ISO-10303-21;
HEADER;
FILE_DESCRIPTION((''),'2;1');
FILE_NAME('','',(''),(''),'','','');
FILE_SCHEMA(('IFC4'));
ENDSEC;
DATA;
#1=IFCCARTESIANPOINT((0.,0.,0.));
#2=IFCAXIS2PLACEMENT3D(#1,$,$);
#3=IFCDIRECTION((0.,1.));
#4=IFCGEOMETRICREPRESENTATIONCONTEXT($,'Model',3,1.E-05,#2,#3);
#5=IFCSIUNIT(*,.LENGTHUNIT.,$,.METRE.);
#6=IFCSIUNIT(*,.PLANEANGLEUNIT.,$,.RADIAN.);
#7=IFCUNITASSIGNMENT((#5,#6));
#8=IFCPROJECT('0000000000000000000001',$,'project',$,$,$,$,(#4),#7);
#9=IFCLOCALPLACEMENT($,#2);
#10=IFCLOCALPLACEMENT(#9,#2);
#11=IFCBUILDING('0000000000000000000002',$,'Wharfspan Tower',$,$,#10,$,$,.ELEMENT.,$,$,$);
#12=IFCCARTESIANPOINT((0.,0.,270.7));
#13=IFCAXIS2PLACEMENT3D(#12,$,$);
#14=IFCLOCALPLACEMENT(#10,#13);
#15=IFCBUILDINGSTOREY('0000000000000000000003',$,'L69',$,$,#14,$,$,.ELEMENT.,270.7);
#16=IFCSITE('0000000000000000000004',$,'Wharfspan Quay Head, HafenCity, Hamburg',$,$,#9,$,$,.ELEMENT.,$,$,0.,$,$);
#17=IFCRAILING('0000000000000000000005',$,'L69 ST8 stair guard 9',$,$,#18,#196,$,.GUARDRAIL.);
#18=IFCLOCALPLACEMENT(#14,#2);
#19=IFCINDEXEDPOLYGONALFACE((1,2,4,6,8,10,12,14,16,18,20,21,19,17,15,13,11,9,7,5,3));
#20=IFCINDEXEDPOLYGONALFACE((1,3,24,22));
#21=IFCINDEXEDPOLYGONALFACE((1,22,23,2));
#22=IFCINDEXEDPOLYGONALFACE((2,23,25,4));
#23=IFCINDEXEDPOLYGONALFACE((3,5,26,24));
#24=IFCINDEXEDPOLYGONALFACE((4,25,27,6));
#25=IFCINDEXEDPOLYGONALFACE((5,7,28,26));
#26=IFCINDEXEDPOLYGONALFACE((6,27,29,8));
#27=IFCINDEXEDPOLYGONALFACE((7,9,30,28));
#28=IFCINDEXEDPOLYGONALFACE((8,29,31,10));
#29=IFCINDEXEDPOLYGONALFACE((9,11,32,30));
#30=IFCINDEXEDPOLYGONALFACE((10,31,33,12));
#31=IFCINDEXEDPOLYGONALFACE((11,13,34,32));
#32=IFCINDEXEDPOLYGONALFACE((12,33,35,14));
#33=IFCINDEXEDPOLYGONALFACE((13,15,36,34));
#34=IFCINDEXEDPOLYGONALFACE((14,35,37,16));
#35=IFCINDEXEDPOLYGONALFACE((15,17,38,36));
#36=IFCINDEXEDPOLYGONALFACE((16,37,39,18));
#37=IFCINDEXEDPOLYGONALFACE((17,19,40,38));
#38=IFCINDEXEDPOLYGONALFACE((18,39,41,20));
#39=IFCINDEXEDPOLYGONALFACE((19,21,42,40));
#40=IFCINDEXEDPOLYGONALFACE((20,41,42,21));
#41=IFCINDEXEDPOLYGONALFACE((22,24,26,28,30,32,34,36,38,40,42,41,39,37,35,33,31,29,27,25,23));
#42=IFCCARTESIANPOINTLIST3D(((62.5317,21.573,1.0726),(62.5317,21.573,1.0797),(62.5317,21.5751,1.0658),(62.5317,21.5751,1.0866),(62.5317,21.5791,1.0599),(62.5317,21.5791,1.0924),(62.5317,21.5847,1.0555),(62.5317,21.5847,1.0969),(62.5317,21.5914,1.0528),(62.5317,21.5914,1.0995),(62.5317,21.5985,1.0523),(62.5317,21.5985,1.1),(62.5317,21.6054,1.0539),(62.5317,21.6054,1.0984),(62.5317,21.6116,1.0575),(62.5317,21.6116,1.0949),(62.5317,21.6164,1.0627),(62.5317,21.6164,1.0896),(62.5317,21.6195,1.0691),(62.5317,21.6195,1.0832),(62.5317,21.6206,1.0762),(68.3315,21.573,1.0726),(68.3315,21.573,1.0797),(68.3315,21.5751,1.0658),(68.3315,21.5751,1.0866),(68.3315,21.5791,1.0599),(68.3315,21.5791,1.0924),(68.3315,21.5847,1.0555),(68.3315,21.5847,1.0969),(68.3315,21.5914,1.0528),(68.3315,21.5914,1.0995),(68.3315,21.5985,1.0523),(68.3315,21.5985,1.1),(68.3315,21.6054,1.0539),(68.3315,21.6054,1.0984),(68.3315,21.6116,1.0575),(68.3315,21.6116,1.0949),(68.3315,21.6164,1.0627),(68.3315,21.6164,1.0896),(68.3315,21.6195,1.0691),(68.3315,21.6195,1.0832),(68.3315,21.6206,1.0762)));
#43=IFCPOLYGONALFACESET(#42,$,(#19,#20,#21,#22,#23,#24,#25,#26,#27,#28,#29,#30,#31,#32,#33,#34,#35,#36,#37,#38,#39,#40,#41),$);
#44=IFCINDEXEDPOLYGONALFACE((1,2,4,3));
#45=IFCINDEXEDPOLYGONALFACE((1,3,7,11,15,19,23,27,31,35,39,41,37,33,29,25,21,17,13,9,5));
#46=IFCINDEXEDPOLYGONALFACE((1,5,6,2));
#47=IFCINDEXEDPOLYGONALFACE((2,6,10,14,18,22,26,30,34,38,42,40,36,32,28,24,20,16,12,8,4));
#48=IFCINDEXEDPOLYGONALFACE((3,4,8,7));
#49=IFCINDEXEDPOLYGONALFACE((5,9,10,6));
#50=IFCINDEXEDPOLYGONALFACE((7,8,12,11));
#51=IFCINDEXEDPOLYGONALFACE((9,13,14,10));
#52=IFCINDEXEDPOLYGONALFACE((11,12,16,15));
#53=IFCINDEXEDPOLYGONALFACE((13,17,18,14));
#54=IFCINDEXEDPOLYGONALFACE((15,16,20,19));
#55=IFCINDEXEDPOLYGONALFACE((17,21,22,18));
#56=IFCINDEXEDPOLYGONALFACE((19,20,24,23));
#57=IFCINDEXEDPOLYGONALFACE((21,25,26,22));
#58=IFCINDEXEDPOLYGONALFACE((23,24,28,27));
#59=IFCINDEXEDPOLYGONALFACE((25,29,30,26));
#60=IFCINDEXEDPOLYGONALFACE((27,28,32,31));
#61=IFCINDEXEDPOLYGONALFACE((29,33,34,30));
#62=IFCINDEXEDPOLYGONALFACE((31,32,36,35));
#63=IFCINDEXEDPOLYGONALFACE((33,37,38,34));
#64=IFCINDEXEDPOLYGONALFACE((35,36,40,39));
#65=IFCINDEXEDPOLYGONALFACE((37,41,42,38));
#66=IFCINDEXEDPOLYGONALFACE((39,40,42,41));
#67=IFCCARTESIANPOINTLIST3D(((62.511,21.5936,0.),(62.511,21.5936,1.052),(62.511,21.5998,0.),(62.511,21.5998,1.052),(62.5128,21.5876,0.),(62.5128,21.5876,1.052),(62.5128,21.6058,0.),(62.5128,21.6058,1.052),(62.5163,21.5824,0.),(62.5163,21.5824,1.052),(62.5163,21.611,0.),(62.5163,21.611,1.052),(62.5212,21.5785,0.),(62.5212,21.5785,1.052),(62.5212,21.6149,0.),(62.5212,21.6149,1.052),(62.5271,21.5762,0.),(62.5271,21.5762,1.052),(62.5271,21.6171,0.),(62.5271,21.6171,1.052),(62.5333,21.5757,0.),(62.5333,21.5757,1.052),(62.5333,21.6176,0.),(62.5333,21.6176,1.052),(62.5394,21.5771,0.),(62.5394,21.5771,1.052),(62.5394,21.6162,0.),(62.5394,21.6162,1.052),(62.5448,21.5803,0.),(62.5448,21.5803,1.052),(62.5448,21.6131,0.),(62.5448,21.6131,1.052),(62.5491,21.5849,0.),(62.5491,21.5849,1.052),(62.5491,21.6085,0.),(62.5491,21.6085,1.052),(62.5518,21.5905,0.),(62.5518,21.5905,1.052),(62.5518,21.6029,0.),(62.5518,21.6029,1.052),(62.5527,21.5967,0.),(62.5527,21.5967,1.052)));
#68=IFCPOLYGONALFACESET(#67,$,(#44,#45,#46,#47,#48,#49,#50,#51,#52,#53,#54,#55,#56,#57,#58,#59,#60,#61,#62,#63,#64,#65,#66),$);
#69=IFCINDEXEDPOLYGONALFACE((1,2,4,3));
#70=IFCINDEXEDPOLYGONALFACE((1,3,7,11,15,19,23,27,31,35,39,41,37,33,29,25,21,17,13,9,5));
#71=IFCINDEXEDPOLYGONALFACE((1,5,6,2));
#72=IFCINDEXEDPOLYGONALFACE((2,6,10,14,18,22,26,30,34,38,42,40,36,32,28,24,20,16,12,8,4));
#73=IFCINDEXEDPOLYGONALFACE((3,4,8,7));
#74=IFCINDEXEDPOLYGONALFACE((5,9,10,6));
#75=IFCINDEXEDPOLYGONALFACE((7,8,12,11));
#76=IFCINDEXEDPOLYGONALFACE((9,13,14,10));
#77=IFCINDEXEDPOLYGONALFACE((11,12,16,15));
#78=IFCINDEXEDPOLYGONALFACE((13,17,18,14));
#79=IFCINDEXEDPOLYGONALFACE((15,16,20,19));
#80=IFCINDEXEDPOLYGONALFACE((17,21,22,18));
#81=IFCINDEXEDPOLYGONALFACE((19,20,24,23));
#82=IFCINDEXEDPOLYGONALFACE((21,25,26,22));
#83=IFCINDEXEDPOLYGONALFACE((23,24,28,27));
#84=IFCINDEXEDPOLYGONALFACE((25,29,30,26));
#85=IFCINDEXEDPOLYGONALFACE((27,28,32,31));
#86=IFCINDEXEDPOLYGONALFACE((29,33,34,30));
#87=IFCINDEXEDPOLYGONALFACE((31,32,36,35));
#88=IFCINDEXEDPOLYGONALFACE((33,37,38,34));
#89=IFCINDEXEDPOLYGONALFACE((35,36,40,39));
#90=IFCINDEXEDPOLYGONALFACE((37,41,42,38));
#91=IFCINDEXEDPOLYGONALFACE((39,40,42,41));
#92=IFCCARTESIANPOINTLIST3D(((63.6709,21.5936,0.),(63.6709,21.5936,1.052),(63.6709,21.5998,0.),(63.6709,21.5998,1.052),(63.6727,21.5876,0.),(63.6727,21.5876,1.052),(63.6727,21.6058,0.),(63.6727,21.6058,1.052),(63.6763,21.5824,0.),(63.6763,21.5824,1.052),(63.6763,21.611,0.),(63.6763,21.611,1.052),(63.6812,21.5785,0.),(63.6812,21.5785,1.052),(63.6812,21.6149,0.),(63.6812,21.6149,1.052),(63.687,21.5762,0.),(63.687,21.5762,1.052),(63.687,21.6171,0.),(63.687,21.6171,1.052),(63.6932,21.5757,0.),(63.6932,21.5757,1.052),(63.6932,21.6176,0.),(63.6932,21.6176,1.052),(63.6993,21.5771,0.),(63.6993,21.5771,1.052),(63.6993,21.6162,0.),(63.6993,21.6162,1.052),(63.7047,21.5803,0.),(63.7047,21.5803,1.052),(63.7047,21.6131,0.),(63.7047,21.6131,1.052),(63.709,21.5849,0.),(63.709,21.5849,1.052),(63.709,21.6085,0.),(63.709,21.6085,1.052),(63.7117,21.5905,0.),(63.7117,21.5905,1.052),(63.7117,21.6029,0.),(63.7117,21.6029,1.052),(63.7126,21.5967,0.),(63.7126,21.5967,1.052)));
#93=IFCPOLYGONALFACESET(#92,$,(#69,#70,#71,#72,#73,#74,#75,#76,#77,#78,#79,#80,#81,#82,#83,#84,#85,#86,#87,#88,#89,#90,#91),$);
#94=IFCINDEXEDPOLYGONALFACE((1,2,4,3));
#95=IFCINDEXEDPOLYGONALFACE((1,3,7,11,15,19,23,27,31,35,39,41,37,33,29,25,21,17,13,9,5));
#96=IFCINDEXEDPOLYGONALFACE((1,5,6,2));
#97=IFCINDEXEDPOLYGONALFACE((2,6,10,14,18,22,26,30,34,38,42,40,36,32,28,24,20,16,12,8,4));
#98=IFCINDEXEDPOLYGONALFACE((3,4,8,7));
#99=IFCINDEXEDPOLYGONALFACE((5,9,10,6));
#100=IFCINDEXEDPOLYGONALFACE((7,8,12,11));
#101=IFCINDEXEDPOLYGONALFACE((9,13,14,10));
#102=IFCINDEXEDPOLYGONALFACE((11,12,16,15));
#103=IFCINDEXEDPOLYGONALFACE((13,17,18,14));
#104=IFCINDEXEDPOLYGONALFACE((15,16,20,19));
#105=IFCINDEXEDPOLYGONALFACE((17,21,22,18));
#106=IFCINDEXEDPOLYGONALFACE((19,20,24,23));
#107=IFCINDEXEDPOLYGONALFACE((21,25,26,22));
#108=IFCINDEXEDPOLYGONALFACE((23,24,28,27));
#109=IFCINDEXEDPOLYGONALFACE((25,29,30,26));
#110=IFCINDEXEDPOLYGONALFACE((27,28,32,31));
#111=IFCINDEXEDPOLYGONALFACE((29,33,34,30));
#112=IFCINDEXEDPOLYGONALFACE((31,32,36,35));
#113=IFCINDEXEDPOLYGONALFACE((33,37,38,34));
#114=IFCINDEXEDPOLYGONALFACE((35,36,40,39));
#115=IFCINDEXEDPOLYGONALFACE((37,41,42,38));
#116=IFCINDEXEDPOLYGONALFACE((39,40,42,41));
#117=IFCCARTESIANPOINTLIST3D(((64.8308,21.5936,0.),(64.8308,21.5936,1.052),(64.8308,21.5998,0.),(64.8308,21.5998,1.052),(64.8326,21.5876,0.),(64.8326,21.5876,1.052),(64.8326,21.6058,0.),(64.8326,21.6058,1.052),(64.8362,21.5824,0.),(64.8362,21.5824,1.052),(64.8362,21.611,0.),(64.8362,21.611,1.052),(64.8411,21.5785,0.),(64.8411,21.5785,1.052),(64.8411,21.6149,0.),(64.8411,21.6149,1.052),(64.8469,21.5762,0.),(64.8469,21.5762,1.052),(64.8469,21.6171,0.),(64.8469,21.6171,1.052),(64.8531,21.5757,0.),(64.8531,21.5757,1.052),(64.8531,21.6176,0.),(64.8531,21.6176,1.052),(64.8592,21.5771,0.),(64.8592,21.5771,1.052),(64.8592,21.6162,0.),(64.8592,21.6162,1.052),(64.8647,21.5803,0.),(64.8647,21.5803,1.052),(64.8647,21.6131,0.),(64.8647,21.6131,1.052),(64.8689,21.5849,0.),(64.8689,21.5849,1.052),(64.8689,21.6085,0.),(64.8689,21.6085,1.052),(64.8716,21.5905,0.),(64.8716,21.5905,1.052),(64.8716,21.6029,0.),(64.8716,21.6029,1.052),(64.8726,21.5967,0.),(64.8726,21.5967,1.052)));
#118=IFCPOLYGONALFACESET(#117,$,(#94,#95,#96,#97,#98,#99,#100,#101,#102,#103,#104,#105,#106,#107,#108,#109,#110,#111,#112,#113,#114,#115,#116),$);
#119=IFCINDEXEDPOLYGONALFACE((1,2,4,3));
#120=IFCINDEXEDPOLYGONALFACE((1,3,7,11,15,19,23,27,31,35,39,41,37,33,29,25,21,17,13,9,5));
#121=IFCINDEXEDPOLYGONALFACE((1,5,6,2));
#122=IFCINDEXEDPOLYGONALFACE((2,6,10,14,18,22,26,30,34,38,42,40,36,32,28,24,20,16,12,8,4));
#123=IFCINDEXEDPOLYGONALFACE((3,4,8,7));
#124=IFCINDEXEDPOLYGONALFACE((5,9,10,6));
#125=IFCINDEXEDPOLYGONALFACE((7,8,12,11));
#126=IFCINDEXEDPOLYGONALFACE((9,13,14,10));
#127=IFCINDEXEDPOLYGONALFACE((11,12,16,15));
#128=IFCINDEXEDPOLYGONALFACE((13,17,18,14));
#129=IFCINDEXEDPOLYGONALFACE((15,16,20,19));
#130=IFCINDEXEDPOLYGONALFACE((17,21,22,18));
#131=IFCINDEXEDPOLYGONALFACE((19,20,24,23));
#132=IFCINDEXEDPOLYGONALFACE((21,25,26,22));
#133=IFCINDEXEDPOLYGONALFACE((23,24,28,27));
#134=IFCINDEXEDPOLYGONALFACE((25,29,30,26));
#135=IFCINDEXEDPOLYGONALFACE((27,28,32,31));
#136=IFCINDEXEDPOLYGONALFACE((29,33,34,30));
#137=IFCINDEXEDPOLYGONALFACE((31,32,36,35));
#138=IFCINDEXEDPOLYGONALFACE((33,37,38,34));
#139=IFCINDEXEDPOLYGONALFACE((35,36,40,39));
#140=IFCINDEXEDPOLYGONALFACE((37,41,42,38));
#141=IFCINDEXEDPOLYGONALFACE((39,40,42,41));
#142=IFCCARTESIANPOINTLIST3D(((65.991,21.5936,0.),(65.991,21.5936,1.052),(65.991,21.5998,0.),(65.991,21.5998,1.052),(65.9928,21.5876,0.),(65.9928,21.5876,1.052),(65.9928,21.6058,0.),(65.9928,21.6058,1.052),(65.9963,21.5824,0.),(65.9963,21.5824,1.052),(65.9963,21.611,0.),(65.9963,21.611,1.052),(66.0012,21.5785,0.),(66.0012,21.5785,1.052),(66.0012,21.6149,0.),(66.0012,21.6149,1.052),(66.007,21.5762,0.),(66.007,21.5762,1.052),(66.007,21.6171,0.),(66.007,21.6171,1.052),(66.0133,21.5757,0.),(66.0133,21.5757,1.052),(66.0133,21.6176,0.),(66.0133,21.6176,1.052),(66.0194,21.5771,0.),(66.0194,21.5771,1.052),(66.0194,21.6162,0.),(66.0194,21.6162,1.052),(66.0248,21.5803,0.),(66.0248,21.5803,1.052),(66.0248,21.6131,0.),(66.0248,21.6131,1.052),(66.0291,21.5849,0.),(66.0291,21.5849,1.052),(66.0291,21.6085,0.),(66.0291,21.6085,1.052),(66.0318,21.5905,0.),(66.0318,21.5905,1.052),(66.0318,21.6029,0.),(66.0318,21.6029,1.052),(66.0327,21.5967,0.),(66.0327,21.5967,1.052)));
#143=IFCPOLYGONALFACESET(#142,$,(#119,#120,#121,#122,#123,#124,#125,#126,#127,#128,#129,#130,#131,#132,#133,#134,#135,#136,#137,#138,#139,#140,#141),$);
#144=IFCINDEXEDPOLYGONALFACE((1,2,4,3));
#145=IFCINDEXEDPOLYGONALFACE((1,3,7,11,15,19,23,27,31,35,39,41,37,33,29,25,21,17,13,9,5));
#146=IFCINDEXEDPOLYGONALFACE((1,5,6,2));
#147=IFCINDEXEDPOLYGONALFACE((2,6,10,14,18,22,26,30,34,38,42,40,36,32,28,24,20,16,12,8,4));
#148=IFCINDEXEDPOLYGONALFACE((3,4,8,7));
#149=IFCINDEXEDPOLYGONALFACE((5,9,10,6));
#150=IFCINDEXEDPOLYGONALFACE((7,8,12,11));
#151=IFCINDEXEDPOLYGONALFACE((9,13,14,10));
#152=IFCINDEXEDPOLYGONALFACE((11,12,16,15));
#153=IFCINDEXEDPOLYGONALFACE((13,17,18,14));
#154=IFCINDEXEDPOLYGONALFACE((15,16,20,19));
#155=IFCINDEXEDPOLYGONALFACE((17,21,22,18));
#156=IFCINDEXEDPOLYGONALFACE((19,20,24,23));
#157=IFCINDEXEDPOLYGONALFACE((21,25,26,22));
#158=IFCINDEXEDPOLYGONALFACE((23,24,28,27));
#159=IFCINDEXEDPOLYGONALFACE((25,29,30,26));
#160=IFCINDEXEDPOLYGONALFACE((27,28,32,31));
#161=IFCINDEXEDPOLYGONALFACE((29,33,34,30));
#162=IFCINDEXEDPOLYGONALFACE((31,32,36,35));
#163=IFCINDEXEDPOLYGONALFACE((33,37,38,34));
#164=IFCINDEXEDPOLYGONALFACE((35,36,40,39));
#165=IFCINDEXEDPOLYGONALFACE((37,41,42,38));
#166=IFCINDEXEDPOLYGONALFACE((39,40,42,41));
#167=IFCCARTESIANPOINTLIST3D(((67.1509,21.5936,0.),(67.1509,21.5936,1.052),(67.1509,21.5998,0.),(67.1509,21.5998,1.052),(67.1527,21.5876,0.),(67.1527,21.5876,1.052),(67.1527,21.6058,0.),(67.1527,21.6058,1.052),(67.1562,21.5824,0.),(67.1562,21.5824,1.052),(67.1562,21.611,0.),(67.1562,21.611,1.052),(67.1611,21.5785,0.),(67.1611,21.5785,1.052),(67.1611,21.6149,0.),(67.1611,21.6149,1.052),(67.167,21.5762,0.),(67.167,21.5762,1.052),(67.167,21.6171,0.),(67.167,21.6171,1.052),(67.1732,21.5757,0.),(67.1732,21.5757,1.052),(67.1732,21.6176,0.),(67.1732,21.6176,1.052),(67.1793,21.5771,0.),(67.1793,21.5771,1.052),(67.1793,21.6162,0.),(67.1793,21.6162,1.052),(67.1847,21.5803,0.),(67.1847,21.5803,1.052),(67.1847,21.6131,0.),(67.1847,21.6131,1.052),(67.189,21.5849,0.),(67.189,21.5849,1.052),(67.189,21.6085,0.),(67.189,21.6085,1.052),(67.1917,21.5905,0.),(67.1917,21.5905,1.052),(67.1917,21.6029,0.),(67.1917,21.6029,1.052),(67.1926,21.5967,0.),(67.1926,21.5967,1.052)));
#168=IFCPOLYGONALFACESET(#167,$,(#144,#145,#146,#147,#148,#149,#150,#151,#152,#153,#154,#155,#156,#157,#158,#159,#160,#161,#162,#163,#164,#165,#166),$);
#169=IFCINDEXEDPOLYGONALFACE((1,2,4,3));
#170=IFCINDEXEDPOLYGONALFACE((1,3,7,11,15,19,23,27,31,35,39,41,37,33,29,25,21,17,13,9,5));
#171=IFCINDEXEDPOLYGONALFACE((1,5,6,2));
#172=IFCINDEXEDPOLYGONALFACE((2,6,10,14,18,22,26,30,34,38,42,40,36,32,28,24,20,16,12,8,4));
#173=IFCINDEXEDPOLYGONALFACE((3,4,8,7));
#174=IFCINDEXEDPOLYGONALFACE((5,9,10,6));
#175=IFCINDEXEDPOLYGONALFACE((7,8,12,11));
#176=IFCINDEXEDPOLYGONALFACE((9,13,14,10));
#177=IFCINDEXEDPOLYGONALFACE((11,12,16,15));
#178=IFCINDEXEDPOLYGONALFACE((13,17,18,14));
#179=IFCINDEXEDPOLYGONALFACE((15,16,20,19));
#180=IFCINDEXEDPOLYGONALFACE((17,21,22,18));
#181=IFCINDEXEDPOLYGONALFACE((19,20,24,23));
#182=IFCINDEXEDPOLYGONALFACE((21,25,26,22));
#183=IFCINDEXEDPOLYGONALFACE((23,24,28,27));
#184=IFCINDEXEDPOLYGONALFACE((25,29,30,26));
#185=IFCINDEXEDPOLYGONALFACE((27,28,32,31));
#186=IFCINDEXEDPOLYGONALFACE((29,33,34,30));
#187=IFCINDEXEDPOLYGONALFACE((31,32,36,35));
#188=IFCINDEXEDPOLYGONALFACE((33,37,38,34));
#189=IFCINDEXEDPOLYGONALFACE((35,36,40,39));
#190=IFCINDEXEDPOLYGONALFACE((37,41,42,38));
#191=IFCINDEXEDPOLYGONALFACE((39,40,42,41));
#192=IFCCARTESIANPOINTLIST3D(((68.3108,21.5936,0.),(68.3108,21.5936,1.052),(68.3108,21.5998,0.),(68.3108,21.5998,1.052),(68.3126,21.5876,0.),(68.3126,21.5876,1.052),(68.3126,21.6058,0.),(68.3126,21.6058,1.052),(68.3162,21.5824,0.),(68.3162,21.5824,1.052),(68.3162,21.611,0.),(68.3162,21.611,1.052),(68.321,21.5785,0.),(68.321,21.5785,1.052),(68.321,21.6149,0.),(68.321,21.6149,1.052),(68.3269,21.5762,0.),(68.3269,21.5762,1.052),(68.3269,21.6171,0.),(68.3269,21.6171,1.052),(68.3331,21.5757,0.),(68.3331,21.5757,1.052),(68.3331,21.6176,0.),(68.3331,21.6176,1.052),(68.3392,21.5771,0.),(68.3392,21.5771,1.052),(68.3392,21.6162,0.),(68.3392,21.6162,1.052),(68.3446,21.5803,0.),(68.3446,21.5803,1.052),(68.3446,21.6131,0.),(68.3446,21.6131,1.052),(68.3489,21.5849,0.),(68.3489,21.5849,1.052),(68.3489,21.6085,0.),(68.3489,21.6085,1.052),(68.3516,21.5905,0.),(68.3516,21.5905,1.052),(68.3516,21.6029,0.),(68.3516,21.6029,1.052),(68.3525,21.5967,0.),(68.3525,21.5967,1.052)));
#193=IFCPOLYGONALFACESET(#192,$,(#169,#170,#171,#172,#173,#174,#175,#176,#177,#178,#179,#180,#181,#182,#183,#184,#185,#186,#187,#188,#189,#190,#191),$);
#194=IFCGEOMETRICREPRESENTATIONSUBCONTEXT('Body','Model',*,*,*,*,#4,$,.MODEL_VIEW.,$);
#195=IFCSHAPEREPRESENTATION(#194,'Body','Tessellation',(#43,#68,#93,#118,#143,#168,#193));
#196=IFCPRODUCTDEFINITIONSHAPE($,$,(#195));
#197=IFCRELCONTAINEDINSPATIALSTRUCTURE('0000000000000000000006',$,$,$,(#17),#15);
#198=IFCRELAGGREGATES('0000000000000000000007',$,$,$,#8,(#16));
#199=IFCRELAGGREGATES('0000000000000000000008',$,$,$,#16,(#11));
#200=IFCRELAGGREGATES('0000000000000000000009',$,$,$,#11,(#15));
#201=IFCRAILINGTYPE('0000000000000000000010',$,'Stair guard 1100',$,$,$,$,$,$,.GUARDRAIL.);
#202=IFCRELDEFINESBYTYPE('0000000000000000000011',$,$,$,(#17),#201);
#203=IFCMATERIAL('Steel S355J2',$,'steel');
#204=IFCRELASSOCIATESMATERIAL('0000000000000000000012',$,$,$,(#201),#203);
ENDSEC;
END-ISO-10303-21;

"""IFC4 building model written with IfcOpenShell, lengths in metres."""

from ifc_helpers import new_model, si_unit, direction, frame, origin, origin_2d, place, context, subcontext, project, spatial, circle, extrude, material, type_object, element, save


model = new_model("IFC4")

# Units and contexts
model_context = context("Model", 3, precision=1e-05, world=origin(), true_north=direction((0.0, 1.0)))
body_context = subcontext(model_context, "Body", "Model", "MODEL_VIEW")
ifc_project = project(units=[si_unit("LENGTHUNIT", "METRE"), si_unit("PLANEANGLEUNIT", "RADIAN")], contexts=[model_context])

# Site, building, storey
site_placement = place(None, origin())
site = spatial("IfcSite", under=ifc_project, at=site_placement, Name="Wharfspan Quay Head, HafenCity, Hamburg", CompositionType="ELEMENT", RefElevation=0.0)
building_placement = place(site_placement, origin())
building = spatial("IfcBuilding", under=site, at=building_placement, Name="Wharfspan Tower", CompositionType="ELEMENT")
storey_placement = place(building_placement, frame((0.0, 0.0, 270.7)))
storey = spatial("IfcBuildingStorey", under=building, at=storey_placement, Name="L69", CompositionType="ELEMENT", Elevation=270.7)

# Shared definitions
ifc_material_1 = material(Name="Steel S355J2", Category="steel")

# Railing
railing_type_1 = type_object("IfcRailingType", Name="Stair guard 1100", PredefinedType="GUARDRAIL", material=ifc_material_1)
for number, where, name in (
    (1, (62.5317, 21.5967, 0.0), "L69 ST8 stair guard 9"),
):
    element("IfcRailing", number, at=place(storey_placement, frame(where)), inside=storey, type_object=railing_type_1, Name=name, PredefinedType="GUARDRAIL", context=body_context, shape_type="SweptSolid", body=[
        extrude(circle(Radius=0.0239, at=origin_2d()), frame((0.0, 0.0, 1.0762), z_axis=(1.0, 0.0, 0.0), x_axis=(0.0, 1.0, 0.0)), (0.0, 0.0, 1.0), 5.7998),
        extrude(circle(Radius=0.021, at=origin_2d()), origin(), (0.0, 0.0, 1.0), 1.052),
        extrude(circle(Radius=0.021, at=origin_2d()), frame((1.1599, 0.0, 0.0)), (0.0, 0.0, 1.0), 1.052),
        extrude(circle(Radius=0.021, at=origin_2d()), frame((2.3198, 0.0, 0.0)), (0.0, 0.0, 1.0), 1.052),
        extrude(circle(Radius=0.021, at=origin_2d()), frame((3.48, 0.0, 0.0)), (0.0, 0.0, 1.0), 1.052),
        extrude(circle(Radius=0.021, at=origin_2d()), frame((4.6399, 0.0, 0.0)), (0.0, 0.0, 1.0), 1.052),
        extrude(circle(Radius=0.021, at=origin_2d()), frame((5.7998, 0.0, 0.0)), (0.0, 0.0, 1.0), 1.052),
    ])

save(model, "model.ifc")
